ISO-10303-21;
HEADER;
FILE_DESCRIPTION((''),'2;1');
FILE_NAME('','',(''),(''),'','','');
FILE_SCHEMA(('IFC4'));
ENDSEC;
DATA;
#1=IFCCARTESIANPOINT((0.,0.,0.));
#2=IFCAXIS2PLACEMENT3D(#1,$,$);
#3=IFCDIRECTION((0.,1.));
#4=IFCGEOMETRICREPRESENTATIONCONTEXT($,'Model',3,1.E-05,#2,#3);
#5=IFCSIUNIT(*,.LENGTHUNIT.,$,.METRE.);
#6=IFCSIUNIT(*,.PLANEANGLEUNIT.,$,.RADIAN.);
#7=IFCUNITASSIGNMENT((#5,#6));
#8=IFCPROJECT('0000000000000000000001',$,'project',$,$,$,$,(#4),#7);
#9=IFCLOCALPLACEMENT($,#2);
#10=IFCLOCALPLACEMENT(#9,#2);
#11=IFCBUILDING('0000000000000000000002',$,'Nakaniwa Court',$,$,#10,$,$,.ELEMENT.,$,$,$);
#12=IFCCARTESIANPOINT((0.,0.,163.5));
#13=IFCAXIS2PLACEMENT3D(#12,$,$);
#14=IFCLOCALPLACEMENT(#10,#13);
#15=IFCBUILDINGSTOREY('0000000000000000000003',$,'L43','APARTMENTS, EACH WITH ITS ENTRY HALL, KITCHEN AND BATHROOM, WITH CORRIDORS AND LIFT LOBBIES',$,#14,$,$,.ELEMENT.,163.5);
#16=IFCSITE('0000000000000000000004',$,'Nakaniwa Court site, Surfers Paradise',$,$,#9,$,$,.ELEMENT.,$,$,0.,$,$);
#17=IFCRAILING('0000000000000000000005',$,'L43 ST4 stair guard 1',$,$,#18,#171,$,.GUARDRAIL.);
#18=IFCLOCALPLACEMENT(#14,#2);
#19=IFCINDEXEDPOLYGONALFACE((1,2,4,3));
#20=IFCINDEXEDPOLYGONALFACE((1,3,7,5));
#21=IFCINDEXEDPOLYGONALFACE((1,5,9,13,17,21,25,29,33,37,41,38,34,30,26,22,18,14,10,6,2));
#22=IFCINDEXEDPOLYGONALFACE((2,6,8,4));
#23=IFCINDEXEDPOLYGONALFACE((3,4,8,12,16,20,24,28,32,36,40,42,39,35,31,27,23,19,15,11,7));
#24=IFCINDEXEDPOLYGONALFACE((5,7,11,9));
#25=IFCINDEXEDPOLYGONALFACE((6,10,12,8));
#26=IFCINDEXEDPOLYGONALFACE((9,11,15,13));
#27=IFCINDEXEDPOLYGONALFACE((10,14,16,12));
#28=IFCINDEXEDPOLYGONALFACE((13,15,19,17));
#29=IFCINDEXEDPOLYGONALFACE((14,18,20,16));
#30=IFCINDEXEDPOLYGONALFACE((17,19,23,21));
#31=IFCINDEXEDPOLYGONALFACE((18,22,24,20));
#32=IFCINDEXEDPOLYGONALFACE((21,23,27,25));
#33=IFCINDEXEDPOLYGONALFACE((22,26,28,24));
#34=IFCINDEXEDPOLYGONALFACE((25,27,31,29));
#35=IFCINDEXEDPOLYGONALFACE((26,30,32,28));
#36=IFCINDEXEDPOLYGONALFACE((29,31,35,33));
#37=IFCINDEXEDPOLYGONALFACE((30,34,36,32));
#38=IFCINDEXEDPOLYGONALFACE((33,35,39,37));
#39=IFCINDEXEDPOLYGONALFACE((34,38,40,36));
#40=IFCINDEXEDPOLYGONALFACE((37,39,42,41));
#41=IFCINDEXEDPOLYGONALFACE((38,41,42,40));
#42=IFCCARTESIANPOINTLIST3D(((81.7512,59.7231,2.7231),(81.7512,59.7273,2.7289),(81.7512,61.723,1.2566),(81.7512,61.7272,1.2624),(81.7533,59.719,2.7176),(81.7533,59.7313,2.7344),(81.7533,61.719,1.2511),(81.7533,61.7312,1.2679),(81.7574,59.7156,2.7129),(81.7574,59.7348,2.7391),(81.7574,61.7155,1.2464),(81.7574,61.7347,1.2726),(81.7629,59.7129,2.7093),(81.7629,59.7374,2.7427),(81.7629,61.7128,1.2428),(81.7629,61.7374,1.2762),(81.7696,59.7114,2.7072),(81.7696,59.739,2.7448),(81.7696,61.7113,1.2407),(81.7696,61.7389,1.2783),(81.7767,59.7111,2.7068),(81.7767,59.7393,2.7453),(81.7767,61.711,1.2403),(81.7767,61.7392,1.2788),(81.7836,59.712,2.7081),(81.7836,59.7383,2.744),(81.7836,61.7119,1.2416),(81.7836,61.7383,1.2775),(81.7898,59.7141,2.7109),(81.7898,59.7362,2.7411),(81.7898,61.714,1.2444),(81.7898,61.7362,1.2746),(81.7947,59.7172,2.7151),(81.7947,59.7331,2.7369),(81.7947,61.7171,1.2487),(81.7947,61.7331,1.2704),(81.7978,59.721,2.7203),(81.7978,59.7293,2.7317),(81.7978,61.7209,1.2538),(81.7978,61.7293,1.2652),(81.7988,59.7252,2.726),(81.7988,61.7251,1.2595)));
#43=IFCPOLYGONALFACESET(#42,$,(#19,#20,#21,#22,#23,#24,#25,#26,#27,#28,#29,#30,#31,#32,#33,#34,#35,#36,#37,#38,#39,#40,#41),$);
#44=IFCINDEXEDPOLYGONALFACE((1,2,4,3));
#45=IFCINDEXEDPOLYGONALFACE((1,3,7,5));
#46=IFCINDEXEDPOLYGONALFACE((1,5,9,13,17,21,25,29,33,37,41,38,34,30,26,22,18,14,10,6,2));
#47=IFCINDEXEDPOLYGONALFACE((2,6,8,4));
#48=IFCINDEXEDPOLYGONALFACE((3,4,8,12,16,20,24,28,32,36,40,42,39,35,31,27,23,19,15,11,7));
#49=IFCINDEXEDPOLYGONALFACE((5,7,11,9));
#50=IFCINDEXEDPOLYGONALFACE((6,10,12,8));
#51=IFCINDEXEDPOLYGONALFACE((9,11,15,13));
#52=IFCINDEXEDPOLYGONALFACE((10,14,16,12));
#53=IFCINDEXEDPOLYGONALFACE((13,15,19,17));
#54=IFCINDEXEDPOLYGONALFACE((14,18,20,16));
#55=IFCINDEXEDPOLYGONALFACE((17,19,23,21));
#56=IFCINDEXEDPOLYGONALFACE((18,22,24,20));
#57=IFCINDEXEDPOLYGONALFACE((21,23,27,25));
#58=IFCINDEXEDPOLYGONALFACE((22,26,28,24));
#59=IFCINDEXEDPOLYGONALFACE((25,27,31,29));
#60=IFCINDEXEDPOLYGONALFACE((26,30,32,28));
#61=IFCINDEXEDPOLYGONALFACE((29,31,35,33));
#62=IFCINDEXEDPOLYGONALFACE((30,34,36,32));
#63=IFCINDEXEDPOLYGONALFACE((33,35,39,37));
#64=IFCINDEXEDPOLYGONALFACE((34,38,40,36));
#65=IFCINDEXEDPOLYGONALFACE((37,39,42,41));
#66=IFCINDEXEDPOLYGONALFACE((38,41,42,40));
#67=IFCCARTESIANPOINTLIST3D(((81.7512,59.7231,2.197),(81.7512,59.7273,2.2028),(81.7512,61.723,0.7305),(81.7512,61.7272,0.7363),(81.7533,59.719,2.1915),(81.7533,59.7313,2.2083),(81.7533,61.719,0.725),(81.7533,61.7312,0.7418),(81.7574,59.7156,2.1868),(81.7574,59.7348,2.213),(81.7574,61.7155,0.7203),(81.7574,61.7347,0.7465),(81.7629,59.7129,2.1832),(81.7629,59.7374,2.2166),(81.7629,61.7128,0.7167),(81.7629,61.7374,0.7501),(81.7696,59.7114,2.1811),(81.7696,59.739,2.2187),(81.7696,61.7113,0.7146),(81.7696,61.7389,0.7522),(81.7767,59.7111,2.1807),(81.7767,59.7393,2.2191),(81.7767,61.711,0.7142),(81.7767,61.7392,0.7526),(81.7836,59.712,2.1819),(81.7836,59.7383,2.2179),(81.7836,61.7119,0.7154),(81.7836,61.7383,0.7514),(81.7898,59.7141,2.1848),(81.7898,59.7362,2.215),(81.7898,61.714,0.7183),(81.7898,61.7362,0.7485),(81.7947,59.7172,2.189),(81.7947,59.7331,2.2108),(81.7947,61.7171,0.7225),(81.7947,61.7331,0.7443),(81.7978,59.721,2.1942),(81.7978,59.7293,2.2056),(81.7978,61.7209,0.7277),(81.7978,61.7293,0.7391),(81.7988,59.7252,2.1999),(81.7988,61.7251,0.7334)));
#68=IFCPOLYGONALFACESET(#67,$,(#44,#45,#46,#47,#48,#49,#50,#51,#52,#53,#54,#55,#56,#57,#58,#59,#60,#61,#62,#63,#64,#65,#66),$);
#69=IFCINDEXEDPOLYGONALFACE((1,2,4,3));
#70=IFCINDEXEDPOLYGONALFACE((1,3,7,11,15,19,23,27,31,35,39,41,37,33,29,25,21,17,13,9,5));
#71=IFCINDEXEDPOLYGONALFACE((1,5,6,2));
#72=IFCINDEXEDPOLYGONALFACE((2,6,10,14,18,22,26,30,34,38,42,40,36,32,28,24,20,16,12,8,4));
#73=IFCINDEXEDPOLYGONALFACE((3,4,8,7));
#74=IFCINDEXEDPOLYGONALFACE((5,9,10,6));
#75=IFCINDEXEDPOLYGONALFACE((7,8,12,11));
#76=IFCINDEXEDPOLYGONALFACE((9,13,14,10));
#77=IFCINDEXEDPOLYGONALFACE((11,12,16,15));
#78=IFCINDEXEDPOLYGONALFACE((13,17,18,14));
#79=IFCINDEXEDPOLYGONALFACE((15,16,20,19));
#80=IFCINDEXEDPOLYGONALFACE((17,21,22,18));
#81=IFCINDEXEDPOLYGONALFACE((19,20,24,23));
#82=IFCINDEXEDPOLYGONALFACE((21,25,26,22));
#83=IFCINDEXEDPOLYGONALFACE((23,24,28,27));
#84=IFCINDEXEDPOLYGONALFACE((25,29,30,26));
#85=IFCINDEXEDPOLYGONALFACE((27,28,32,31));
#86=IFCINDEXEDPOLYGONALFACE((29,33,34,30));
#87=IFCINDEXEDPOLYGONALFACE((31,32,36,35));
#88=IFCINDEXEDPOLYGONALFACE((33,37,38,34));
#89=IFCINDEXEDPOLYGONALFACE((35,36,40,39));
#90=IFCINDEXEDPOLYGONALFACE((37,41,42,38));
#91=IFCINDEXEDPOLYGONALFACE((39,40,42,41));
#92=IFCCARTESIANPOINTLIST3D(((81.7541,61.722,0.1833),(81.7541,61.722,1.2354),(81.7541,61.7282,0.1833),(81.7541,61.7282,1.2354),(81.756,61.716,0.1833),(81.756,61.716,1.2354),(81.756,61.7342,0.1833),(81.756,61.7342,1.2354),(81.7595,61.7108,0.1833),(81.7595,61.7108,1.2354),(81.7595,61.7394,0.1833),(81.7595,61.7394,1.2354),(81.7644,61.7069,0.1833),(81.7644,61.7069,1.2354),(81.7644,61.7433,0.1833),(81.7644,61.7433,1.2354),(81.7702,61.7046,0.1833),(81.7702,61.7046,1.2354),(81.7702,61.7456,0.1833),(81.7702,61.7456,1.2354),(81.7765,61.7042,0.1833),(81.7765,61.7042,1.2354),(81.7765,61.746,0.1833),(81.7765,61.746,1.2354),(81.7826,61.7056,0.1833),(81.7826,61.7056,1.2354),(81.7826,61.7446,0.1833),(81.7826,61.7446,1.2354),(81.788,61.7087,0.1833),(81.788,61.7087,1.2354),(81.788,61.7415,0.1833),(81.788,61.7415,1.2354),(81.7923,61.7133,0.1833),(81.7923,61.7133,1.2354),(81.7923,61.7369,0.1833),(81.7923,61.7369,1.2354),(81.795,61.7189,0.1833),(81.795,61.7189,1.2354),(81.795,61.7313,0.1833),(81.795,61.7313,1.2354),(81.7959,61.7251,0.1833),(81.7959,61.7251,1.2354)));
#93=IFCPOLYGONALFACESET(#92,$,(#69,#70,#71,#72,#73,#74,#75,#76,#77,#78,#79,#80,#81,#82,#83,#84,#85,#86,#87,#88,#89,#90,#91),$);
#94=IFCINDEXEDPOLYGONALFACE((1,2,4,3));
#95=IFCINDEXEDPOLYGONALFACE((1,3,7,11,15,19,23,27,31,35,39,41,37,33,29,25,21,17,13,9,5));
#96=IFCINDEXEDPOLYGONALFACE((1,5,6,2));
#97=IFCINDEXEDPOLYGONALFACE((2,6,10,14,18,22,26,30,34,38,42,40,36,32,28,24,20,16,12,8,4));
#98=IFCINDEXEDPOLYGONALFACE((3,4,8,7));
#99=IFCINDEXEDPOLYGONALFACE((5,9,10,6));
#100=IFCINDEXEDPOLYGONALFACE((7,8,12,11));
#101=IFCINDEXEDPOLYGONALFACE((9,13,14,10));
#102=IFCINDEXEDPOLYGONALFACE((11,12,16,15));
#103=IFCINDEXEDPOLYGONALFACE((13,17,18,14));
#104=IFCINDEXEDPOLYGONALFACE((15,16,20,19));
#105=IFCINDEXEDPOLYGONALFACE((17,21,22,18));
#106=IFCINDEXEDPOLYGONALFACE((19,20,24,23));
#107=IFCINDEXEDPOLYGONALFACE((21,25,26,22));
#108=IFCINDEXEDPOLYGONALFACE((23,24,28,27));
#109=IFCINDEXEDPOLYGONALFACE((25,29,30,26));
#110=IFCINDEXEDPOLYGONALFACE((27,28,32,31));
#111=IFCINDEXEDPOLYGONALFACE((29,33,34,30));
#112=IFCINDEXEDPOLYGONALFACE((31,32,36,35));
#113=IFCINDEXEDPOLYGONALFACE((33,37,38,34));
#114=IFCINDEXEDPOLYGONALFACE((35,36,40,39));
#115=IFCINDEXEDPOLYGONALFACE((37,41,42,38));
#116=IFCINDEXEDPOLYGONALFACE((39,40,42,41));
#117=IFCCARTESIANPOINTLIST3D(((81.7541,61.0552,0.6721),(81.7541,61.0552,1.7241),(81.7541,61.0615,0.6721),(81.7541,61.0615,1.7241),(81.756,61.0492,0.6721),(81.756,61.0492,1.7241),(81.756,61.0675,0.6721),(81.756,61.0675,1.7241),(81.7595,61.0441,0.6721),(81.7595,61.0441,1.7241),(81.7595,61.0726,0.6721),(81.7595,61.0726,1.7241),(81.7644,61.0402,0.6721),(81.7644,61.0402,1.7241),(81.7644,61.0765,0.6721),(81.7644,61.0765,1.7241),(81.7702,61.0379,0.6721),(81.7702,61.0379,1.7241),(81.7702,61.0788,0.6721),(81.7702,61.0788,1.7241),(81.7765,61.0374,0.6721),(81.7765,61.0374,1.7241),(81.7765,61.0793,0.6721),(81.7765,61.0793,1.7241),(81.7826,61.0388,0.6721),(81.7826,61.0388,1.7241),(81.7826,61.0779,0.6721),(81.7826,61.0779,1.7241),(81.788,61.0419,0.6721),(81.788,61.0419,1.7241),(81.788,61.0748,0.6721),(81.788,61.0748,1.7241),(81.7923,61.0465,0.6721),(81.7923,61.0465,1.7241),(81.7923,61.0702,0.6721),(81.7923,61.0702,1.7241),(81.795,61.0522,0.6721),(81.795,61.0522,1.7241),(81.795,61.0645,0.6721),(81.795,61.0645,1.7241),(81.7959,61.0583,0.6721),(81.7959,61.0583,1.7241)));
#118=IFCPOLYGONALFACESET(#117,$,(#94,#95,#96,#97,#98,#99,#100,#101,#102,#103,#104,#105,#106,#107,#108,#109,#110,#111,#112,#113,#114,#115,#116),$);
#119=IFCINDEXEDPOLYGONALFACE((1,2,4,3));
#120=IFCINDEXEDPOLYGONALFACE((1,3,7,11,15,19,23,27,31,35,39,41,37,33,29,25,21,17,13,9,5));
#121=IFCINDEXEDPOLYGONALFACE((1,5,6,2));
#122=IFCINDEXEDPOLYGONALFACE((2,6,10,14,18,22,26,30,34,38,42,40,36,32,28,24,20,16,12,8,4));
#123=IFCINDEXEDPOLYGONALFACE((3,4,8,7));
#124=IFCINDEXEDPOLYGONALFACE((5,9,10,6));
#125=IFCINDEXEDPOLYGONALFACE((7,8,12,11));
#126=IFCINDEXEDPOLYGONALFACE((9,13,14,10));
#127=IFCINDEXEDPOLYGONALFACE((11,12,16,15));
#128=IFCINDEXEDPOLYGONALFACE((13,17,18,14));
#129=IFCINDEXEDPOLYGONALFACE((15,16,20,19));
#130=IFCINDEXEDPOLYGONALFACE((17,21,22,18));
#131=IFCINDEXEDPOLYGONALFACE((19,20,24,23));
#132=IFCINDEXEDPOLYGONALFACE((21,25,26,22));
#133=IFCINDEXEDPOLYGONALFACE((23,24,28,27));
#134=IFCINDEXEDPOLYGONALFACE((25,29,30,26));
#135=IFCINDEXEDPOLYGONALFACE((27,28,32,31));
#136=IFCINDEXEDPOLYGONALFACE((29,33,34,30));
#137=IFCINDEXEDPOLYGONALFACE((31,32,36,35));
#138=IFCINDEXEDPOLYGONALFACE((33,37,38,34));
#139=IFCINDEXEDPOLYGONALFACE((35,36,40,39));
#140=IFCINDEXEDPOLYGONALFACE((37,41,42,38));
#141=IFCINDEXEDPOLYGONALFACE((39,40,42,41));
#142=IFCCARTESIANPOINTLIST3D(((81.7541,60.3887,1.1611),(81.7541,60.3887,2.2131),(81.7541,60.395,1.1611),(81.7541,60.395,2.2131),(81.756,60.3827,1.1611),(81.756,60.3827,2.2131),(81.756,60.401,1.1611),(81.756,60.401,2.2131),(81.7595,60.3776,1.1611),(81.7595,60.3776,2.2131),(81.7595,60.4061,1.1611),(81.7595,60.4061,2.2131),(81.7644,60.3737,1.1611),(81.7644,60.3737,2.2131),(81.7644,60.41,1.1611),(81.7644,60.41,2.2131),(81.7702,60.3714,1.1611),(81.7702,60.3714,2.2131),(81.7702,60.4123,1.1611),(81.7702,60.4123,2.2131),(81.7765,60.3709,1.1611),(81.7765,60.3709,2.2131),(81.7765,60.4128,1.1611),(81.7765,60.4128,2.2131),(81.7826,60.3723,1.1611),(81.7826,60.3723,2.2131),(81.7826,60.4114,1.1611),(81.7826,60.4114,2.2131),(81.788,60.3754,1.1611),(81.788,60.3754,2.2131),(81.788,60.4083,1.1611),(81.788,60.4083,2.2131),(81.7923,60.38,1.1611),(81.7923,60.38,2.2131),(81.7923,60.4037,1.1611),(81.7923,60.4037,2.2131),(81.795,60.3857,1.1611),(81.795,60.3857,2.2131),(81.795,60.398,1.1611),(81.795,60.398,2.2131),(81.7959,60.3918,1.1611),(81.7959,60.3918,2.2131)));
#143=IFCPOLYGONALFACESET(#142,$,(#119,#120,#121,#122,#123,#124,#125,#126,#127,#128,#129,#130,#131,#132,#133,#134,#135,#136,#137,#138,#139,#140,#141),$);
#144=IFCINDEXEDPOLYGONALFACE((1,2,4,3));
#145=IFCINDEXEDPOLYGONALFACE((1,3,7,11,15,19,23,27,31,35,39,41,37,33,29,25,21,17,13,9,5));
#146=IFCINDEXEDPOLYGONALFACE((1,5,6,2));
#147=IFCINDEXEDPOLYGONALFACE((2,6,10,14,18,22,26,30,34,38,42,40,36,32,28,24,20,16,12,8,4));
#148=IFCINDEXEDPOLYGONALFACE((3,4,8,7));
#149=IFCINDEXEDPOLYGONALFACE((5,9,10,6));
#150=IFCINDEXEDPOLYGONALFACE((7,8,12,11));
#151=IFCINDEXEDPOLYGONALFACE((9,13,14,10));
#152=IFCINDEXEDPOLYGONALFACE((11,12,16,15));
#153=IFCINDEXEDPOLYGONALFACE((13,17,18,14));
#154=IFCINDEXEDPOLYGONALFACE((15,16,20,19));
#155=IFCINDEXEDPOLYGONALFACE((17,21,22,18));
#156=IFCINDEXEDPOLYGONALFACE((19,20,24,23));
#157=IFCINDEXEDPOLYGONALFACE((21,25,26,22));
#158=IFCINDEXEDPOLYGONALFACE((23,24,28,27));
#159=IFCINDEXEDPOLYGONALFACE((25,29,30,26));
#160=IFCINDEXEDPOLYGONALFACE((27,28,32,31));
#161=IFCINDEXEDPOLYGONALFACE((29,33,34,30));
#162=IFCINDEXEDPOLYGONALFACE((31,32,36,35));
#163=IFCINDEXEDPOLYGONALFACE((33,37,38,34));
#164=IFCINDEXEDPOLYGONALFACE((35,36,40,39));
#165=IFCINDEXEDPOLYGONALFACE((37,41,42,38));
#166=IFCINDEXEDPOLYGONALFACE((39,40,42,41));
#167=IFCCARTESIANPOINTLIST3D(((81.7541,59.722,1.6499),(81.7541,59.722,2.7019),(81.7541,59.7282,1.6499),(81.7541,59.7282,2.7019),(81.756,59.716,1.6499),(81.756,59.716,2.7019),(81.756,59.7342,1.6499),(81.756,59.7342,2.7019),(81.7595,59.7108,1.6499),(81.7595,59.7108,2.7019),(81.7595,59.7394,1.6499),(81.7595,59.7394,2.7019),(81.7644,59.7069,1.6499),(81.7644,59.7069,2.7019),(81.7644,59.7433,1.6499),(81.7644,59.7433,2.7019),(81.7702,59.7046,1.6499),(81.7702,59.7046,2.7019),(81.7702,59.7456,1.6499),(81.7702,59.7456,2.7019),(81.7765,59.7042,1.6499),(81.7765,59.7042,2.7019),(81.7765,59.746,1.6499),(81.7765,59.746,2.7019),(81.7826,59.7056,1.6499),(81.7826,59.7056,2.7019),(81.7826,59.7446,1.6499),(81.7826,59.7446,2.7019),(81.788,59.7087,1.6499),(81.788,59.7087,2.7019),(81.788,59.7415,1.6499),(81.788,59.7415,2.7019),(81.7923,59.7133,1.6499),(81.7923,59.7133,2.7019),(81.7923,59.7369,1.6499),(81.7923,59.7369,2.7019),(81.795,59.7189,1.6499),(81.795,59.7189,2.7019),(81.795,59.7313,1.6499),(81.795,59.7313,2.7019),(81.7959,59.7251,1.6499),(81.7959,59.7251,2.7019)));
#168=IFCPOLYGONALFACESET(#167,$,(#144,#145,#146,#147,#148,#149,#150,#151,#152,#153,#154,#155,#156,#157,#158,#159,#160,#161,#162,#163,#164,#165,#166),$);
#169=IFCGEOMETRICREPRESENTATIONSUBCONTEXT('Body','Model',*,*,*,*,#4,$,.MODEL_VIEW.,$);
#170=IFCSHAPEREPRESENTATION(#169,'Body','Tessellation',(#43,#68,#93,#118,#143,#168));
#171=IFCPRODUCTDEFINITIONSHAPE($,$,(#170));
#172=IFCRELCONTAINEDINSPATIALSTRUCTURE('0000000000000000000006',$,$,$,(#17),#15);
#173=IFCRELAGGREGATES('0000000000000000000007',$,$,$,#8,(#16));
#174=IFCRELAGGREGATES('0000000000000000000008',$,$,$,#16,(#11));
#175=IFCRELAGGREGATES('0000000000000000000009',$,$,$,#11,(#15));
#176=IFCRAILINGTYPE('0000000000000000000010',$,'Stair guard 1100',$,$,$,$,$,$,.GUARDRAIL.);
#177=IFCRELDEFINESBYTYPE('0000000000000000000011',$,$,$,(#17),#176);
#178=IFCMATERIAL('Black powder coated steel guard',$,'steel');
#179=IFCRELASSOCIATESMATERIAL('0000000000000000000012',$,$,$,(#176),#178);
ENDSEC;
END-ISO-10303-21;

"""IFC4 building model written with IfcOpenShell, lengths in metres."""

from ifc_helpers import new_model, si_unit, direction, frame, origin, origin_2d, place, context, subcontext, project, spatial, circle, extrude, material, type_object, element, save


model = new_model("IFC4")

# Units and contexts
model_context = context("Model", 3, precision=1e-05, world=origin(), true_north=direction((0.0, 1.0)))
body_context = subcontext(model_context, "Body", "Model", "MODEL_VIEW")
ifc_project = project(units=[si_unit("LENGTHUNIT", "METRE"), si_unit("PLANEANGLEUNIT", "RADIAN")], contexts=[model_context])

# Site, building, storey
site_placement = place(None, origin())
site = spatial("IfcSite", under=ifc_project, at=site_placement, Name="Nakaniwa Court site, Surfers Paradise", CompositionType="ELEMENT", RefElevation=0.0)
building_placement = place(site_placement, origin())
building = spatial("IfcBuilding", under=site, at=building_placement, Name="Nakaniwa Court", CompositionType="ELEMENT")
storey_placement = place(building_placement, frame((0.0, 0.0, 163.5)))
storey = spatial("IfcBuildingStorey", under=building, at=storey_placement, Name="L43", Description="APARTMENTS, EACH WITH ITS ENTRY HALL, KITCHEN AND BATHROOM, WITH CORRIDORS AND LIFT LOBBIES", CompositionType="ELEMENT", Elevation=163.5)

# Railing
ifc_material_1 = material(Name="Black powder coated steel guard", Category="steel")
railing_type_1 = type_object("IfcRailingType", Name="Stair guard 1100", PredefinedType="GUARDRAIL", material=ifc_material_1)
railing_1_placement = place(storey_placement, frame((81.7749, 61.7251, 0.1833)))
element("IfcRailing", 1, at=railing_1_placement, inside=storey, type_object=railing_type_1, Name="L43 ST4 stair guard 1", PredefinedType="GUARDRAIL", context=body_context, shape_type="SweptSolid", body=[
    extrude(circle(Radius=0.0239, at=origin_2d()), frame((0.0, 0.0, 1.0762), z_axis=(0.0, -0.806427, 0.591334), x_axis=(1.0, 0.0, 0.0)), (0.0, 0.0, 1.0), 2.48),
    extrude(circle(Radius=0.0239, at=origin_2d()), frame((0.0, 0.0, 0.55), z_axis=(0.0, -0.806427, 0.591334), x_axis=(1.0, 0.0, 0.0)), (0.0, 0.0, 1.0), 2.48),
    extrude(circle(Radius=0.021, at=origin_2d()), origin(), (0.0, 0.0, 1.0), 1.052),
    extrude(circle(Radius=0.021, at=origin_2d()), frame((0.0, -0.6667, 0.4888)), (0.0, 0.0, 1.0), 1.052),
    extrude(circle(Radius=0.021, at=origin_2d()), frame((0.0, -1.3333, 0.9778)), (0.0, 0.0, 1.0), 1.052),
    extrude(circle(Radius=0.021, at=origin_2d()), frame((0.0, -2.0, 1.4666)), (0.0, 0.0, 1.0), 1.052),
])

save(model, "model.ifc")
